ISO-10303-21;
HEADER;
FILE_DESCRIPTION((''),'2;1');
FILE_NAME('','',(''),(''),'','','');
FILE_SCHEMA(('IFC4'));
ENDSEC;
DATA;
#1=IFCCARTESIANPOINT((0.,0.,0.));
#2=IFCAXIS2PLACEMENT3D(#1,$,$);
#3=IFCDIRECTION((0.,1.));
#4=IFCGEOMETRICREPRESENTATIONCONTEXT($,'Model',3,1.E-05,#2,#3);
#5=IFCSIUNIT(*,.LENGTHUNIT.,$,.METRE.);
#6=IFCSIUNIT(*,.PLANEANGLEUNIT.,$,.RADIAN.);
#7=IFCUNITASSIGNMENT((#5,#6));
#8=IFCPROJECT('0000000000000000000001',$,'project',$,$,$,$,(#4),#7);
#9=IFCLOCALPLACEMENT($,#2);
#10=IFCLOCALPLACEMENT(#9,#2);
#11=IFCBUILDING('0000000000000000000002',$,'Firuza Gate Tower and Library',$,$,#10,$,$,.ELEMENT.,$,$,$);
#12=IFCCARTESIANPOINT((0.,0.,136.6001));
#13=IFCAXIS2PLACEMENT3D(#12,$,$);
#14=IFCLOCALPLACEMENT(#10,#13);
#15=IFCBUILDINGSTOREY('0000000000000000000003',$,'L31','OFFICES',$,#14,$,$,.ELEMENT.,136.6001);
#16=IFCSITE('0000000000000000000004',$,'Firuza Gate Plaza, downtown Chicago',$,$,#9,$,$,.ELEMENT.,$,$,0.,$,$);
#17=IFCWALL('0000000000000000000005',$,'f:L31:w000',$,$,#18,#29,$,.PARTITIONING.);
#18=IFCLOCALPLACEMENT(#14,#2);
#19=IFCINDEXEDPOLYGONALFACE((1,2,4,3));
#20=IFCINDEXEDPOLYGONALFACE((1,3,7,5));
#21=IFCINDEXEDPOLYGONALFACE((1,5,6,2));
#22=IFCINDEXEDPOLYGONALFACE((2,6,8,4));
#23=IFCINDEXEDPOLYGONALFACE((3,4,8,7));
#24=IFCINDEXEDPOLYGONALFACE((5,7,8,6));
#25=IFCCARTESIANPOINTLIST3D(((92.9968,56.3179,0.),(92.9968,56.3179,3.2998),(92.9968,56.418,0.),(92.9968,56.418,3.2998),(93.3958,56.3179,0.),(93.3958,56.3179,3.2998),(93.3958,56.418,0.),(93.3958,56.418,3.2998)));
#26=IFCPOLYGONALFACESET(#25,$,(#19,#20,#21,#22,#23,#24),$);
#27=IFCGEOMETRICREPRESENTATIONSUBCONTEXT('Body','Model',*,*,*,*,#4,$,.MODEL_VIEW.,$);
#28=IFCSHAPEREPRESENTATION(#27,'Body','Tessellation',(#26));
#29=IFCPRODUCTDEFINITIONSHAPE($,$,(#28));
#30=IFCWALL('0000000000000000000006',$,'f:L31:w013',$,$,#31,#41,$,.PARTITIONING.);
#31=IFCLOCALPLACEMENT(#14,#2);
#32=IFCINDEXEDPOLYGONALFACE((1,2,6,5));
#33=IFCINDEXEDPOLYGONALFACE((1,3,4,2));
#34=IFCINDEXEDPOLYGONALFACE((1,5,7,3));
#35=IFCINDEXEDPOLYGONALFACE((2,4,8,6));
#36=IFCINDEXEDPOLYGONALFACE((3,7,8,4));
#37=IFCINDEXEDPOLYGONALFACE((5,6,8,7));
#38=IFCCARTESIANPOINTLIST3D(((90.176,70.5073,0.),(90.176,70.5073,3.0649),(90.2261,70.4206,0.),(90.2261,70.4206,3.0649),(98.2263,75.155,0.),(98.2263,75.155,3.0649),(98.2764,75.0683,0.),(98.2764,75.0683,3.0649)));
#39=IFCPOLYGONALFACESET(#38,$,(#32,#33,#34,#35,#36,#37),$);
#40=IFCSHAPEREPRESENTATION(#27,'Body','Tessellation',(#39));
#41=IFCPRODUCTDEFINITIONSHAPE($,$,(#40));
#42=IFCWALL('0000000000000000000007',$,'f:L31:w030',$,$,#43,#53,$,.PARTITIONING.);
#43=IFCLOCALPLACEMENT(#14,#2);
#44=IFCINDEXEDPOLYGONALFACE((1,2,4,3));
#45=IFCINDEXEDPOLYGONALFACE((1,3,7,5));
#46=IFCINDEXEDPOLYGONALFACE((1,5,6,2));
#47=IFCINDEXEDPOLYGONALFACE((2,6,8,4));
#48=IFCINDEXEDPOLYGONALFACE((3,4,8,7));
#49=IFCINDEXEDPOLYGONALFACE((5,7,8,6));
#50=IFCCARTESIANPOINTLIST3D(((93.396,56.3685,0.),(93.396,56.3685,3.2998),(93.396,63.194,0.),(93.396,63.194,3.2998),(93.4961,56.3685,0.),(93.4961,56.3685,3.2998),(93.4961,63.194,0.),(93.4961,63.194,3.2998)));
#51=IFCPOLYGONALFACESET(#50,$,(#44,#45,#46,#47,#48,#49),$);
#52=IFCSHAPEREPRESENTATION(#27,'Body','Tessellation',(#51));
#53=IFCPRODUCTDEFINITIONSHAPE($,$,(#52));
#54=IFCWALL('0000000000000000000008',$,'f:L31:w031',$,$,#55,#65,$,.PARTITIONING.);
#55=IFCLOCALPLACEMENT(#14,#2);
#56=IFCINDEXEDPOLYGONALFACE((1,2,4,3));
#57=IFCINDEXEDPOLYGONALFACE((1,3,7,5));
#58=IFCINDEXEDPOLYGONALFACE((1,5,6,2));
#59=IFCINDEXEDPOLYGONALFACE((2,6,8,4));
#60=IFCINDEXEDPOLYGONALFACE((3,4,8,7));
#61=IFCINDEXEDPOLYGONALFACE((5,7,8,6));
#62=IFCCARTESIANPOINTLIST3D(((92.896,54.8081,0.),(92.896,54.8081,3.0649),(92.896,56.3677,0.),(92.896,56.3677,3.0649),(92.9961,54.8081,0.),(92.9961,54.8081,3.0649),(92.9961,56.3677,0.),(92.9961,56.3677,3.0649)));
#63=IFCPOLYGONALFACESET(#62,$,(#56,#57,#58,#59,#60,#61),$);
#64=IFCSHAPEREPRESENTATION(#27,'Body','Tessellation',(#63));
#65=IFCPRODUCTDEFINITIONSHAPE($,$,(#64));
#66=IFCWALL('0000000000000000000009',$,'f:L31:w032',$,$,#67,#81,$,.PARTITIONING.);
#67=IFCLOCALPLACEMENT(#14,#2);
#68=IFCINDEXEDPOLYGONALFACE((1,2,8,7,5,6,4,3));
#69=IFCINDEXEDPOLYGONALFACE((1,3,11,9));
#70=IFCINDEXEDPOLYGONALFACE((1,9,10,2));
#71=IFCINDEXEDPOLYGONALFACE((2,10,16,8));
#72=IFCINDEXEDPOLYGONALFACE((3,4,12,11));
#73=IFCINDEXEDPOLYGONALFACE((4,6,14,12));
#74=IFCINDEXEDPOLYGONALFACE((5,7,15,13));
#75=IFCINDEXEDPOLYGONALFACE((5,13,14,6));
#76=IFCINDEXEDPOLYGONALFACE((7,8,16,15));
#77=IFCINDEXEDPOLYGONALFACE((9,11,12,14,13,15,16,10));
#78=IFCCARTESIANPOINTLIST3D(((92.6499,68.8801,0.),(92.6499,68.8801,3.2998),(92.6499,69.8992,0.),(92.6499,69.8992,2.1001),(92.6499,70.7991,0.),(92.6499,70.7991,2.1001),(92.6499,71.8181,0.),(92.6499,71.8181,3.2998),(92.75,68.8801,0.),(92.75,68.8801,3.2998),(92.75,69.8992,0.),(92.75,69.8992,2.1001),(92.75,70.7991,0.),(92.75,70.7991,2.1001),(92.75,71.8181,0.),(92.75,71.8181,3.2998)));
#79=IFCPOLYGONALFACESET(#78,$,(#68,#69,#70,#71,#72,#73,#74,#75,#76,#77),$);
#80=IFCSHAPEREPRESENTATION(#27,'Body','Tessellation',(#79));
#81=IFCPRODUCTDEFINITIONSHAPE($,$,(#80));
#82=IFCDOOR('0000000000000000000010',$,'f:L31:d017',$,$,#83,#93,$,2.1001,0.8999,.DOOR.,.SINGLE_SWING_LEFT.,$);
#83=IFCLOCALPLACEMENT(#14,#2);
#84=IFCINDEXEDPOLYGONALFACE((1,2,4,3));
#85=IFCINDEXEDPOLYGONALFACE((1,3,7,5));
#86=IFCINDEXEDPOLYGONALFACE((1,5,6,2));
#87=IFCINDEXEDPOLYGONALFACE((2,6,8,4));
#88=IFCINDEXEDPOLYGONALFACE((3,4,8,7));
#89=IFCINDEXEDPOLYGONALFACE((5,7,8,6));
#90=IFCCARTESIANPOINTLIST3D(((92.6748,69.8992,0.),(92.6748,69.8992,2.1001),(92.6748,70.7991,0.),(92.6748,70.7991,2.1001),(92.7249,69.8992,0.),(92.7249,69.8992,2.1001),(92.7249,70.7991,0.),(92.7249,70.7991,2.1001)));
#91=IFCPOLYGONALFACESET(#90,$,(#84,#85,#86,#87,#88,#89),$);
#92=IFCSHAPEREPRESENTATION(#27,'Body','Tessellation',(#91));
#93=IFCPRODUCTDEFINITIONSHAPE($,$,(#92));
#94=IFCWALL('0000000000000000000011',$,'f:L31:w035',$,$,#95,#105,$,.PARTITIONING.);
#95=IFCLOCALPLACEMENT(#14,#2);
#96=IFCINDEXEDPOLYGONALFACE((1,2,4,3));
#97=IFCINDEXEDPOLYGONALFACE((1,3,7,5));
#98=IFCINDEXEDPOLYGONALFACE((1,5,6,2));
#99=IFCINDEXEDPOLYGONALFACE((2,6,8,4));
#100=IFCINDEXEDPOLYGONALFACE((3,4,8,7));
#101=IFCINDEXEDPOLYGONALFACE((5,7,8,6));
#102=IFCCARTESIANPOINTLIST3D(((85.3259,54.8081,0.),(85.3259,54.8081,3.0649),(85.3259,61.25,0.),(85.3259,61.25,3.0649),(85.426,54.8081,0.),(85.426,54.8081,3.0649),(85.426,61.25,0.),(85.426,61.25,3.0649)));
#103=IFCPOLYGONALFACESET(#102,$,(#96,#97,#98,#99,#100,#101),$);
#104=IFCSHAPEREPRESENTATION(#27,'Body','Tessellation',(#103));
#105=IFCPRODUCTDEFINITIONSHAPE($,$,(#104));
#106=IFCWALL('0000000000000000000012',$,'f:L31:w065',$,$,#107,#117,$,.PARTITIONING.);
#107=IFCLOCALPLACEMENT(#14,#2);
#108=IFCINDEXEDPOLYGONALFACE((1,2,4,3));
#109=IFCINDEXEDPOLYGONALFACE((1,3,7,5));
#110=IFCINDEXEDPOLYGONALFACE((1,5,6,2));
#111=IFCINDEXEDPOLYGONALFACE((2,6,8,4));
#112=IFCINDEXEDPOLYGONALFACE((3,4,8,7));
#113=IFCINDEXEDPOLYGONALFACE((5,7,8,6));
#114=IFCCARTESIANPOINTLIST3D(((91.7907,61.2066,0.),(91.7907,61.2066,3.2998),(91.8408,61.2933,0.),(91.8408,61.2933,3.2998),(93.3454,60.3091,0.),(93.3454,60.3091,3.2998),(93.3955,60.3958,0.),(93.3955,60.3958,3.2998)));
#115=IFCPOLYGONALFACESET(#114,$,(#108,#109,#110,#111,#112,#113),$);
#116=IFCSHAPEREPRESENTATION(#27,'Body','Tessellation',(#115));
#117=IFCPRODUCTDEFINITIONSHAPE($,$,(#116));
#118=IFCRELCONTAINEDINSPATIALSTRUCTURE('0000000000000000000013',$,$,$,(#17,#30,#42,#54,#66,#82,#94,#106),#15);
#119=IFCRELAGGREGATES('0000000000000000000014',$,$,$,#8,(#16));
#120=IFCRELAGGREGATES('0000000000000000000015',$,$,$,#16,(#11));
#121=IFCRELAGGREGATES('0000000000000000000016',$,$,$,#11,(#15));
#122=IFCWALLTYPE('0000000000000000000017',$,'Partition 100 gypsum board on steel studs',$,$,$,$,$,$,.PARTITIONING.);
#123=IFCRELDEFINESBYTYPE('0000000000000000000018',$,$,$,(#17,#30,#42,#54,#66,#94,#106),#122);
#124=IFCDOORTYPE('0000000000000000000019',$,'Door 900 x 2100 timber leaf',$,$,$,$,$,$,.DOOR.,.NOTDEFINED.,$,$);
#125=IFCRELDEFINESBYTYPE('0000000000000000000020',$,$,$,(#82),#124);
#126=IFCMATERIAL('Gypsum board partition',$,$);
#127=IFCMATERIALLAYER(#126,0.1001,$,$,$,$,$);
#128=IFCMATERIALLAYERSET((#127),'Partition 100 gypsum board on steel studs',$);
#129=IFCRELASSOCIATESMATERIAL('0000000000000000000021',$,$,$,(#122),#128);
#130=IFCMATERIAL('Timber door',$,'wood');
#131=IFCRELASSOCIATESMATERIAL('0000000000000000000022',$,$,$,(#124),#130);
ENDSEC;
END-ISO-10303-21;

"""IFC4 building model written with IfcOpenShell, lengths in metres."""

from ifc_helpers import new_model, si_unit, direction, frame, frame_2d, origin, place, context, subcontext, project, spatial, rectangle, extrude, material, layer, layer_set, type_object, element, fill, save


model = new_model("IFC4")

# Units and contexts
model_context = context("Model", 3, precision=1e-05, world=origin(), true_north=direction((0.0, 1.0)))
body_context = subcontext(model_context, "Body", "Model", "MODEL_VIEW")
ifc_project = project(units=[si_unit("LENGTHUNIT", "METRE"), si_unit("PLANEANGLEUNIT", "RADIAN")], contexts=[model_context])

# Site, building, storey
site_placement = place(None, origin())
site = spatial("IfcSite", under=ifc_project, at=site_placement, Name="Firuza Gate Plaza, downtown Chicago", CompositionType="ELEMENT", RefElevation=0.0)
building_placement = place(site_placement, origin())
building = spatial("IfcBuilding", under=site, at=building_placement, Name="Firuza Gate Tower and Library", CompositionType="ELEMENT")
storey_placement = place(building_placement, frame((0.0, 0.0, 136.6001)))
storey = spatial("IfcBuildingStorey", under=building, at=storey_placement, Name="L31", Description="OFFICES", CompositionType="ELEMENT", Elevation=136.6001)

# Walls
ifc_material_1 = material(Name="Gypsum board partition")
ifc_layer_1 = layer(ifc_material_1, 0.1001)
ifc_layer_set_1 = layer_set([ifc_layer_1], Name="Partition 100 gypsum board on steel studs")
wall_type_1 = type_object("IfcWallType", Name="Partition 100 gypsum board on steel studs", PredefinedType="PARTITIONING", material=ifc_layer_set_1)
wall_1_placement = place(storey_placement, frame((92.9968, 56.3679, 0.0), z_axis=(0.0, 0.0, 1.0), x_axis=(1.0, 0.0, 0.0)))
element("IfcWall", 1, at=wall_1_placement, inside=storey, type_object=wall_type_1, Name="f:L31:w000", PredefinedType="PARTITIONING", context=body_context, shape_type="SweptSolid", body=[
    extrude(rectangle(XDim=0.3989, YDim=0.1001, at=frame_2d((0.1995, 0.0))), origin(), (0.0, 0.0, 1.0), 3.2998),
])
wall_2_placement = place(storey_placement, frame((90.2009, 70.4639, 0.0), z_axis=(0.0, 0.0, 1.0), x_axis=(0.866032, 0.499989, 0.0)))
element("IfcWall", 2, at=wall_2_placement, inside=storey, type_object=wall_type_1, Name="f:L31:w013", PredefinedType="PARTITIONING", context=body_context, shape_type="SweptSolid", body=[
    extrude(rectangle(XDim=9.2957, YDim=0.1001, at=frame_2d((4.6479, 0.0))), origin(), (0.0, 0.0, 1.0), 3.0649),
])
wall_3_placement = place(storey_placement, frame((93.446, 56.3687, 0.0), z_axis=(0.0, 0.0, 1.0), x_axis=(0.0, 1.0, 0.0)))
element("IfcWall", 3, at=wall_3_placement, inside=storey, type_object=wall_type_1, Name="f:L31:w030", PredefinedType="PARTITIONING", context=body_context, shape_type="SweptSolid", body=[
    extrude(rectangle(XDim=6.8254, YDim=0.1001, at=frame_2d((3.4126, 0.0))), origin(), (0.0, 0.0, 1.0), 3.2998),
])
wall_4_placement = place(storey_placement, frame((92.946, 54.8081, 0.0), z_axis=(0.0, 0.0, 1.0), x_axis=(0.0, 1.0, 0.0)))
element("IfcWall", 4, at=wall_4_placement, inside=storey, type_object=wall_type_1, Name="f:L31:w031", PredefinedType="PARTITIONING", context=body_context, shape_type="SweptSolid", body=[
    extrude(rectangle(XDim=1.5596, YDim=0.1001, at=frame_2d((0.7798, 0.0))), origin(), (0.0, 0.0, 1.0), 3.0649),
])

# Wall, opening, door
wall_5_placement = place(storey_placement, frame((92.7, 71.8181, 0.0), z_axis=(0.0, 0.0, 1.0), x_axis=(0.0, -1.0, 0.0)))
wall_5 = element("IfcWall", 5, at=wall_5_placement, inside=storey, type_object=wall_type_1, Name="f:L31:w032", PredefinedType="PARTITIONING", context=body_context, shape_type="SweptSolid", body=[
    extrude(rectangle(XDim=2.938, YDim=0.1001, at=frame_2d((1.469, 0.0))), origin(), (0.0, 0.0, 1.0), 3.2998),
])
opening_1_placement = place(wall_5_placement, frame((1.019, 0.0, 0.0)))
opening_1 = element("IfcOpeningElement", 6, at=opening_1_placement, cuts=wall_5, PredefinedType="OPENING", context=body_context, shape_type="SweptSolid", body=[
    extrude(rectangle(XDim=0.8999, YDim=2.1001, at=frame_2d((0.45, 1.05))), frame((0.0, 0.0601, 0.0), z_axis=(0.0, -1.0, 0.0), x_axis=(1.0, 0.0, 0.0)), (0.0, 0.0, 1.0), 0.1201),
])
ifc_material_2 = material(Name="Timber door", Category="wood")
door_type_1 = type_object("IfcDoorType", Name="Door 900 x 2100 timber leaf", OperationType="NOTDEFINED", PredefinedType="DOOR", material=ifc_material_2)
door_1_placement = place(opening_1_placement, origin())
door_1 = element("IfcDoor", 7, at=door_1_placement, inside=storey, type_object=door_type_1, Name="f:L31:d017", OperationType="SINGLE_SWING_LEFT", OverallHeight=2.1001, OverallWidth=0.8999, PredefinedType="DOOR", context=body_context, shape_type="SweptSolid", body=[
    extrude(rectangle(XDim=0.8999, YDim=2.1001, at=frame_2d((0.45, 1.05))), frame((0.0, 0.0249, 0.0), z_axis=(0.0, -1.0, 0.0), x_axis=(1.0, 0.0, 0.0)), (0.0, 0.0, 1.0), 0.05),
])
fill(opening_1, door_1)

# Walls
wall_6_placement = place(storey_placement, frame((85.376, 54.8081, 0.0), z_axis=(0.0, 0.0, 1.0), x_axis=(0.0, 1.0, 0.0)))
element("IfcWall", 8, at=wall_6_placement, inside=storey, type_object=wall_type_1, Name="f:L31:w035", PredefinedType="PARTITIONING", context=body_context, shape_type="SweptSolid", body=[
    extrude(rectangle(XDim=6.4419, YDim=0.1001, at=frame_2d((3.2209, 0.0))), origin(), (0.0, 0.0, 1.0), 3.0649),
])
wall_7_placement = place(storey_placement, frame((93.3704, 60.3525, 0.0), z_axis=(0.0, 0.0, 1.0), x_axis=(-0.866059, 0.499942, 0.0)))
element("IfcWall", 9, at=wall_7_placement, inside=storey, type_object=wall_type_1, Name="f:L31:w065", PredefinedType="PARTITIONING", context=body_context, shape_type="SweptSolid", body=[
    extrude(rectangle(XDim=1.7952, YDim=0.1001, at=frame_2d((0.8975, 0.0))), origin(), (0.0, 0.0, 1.0), 3.2998),
])

save(model, "model.ifc")
